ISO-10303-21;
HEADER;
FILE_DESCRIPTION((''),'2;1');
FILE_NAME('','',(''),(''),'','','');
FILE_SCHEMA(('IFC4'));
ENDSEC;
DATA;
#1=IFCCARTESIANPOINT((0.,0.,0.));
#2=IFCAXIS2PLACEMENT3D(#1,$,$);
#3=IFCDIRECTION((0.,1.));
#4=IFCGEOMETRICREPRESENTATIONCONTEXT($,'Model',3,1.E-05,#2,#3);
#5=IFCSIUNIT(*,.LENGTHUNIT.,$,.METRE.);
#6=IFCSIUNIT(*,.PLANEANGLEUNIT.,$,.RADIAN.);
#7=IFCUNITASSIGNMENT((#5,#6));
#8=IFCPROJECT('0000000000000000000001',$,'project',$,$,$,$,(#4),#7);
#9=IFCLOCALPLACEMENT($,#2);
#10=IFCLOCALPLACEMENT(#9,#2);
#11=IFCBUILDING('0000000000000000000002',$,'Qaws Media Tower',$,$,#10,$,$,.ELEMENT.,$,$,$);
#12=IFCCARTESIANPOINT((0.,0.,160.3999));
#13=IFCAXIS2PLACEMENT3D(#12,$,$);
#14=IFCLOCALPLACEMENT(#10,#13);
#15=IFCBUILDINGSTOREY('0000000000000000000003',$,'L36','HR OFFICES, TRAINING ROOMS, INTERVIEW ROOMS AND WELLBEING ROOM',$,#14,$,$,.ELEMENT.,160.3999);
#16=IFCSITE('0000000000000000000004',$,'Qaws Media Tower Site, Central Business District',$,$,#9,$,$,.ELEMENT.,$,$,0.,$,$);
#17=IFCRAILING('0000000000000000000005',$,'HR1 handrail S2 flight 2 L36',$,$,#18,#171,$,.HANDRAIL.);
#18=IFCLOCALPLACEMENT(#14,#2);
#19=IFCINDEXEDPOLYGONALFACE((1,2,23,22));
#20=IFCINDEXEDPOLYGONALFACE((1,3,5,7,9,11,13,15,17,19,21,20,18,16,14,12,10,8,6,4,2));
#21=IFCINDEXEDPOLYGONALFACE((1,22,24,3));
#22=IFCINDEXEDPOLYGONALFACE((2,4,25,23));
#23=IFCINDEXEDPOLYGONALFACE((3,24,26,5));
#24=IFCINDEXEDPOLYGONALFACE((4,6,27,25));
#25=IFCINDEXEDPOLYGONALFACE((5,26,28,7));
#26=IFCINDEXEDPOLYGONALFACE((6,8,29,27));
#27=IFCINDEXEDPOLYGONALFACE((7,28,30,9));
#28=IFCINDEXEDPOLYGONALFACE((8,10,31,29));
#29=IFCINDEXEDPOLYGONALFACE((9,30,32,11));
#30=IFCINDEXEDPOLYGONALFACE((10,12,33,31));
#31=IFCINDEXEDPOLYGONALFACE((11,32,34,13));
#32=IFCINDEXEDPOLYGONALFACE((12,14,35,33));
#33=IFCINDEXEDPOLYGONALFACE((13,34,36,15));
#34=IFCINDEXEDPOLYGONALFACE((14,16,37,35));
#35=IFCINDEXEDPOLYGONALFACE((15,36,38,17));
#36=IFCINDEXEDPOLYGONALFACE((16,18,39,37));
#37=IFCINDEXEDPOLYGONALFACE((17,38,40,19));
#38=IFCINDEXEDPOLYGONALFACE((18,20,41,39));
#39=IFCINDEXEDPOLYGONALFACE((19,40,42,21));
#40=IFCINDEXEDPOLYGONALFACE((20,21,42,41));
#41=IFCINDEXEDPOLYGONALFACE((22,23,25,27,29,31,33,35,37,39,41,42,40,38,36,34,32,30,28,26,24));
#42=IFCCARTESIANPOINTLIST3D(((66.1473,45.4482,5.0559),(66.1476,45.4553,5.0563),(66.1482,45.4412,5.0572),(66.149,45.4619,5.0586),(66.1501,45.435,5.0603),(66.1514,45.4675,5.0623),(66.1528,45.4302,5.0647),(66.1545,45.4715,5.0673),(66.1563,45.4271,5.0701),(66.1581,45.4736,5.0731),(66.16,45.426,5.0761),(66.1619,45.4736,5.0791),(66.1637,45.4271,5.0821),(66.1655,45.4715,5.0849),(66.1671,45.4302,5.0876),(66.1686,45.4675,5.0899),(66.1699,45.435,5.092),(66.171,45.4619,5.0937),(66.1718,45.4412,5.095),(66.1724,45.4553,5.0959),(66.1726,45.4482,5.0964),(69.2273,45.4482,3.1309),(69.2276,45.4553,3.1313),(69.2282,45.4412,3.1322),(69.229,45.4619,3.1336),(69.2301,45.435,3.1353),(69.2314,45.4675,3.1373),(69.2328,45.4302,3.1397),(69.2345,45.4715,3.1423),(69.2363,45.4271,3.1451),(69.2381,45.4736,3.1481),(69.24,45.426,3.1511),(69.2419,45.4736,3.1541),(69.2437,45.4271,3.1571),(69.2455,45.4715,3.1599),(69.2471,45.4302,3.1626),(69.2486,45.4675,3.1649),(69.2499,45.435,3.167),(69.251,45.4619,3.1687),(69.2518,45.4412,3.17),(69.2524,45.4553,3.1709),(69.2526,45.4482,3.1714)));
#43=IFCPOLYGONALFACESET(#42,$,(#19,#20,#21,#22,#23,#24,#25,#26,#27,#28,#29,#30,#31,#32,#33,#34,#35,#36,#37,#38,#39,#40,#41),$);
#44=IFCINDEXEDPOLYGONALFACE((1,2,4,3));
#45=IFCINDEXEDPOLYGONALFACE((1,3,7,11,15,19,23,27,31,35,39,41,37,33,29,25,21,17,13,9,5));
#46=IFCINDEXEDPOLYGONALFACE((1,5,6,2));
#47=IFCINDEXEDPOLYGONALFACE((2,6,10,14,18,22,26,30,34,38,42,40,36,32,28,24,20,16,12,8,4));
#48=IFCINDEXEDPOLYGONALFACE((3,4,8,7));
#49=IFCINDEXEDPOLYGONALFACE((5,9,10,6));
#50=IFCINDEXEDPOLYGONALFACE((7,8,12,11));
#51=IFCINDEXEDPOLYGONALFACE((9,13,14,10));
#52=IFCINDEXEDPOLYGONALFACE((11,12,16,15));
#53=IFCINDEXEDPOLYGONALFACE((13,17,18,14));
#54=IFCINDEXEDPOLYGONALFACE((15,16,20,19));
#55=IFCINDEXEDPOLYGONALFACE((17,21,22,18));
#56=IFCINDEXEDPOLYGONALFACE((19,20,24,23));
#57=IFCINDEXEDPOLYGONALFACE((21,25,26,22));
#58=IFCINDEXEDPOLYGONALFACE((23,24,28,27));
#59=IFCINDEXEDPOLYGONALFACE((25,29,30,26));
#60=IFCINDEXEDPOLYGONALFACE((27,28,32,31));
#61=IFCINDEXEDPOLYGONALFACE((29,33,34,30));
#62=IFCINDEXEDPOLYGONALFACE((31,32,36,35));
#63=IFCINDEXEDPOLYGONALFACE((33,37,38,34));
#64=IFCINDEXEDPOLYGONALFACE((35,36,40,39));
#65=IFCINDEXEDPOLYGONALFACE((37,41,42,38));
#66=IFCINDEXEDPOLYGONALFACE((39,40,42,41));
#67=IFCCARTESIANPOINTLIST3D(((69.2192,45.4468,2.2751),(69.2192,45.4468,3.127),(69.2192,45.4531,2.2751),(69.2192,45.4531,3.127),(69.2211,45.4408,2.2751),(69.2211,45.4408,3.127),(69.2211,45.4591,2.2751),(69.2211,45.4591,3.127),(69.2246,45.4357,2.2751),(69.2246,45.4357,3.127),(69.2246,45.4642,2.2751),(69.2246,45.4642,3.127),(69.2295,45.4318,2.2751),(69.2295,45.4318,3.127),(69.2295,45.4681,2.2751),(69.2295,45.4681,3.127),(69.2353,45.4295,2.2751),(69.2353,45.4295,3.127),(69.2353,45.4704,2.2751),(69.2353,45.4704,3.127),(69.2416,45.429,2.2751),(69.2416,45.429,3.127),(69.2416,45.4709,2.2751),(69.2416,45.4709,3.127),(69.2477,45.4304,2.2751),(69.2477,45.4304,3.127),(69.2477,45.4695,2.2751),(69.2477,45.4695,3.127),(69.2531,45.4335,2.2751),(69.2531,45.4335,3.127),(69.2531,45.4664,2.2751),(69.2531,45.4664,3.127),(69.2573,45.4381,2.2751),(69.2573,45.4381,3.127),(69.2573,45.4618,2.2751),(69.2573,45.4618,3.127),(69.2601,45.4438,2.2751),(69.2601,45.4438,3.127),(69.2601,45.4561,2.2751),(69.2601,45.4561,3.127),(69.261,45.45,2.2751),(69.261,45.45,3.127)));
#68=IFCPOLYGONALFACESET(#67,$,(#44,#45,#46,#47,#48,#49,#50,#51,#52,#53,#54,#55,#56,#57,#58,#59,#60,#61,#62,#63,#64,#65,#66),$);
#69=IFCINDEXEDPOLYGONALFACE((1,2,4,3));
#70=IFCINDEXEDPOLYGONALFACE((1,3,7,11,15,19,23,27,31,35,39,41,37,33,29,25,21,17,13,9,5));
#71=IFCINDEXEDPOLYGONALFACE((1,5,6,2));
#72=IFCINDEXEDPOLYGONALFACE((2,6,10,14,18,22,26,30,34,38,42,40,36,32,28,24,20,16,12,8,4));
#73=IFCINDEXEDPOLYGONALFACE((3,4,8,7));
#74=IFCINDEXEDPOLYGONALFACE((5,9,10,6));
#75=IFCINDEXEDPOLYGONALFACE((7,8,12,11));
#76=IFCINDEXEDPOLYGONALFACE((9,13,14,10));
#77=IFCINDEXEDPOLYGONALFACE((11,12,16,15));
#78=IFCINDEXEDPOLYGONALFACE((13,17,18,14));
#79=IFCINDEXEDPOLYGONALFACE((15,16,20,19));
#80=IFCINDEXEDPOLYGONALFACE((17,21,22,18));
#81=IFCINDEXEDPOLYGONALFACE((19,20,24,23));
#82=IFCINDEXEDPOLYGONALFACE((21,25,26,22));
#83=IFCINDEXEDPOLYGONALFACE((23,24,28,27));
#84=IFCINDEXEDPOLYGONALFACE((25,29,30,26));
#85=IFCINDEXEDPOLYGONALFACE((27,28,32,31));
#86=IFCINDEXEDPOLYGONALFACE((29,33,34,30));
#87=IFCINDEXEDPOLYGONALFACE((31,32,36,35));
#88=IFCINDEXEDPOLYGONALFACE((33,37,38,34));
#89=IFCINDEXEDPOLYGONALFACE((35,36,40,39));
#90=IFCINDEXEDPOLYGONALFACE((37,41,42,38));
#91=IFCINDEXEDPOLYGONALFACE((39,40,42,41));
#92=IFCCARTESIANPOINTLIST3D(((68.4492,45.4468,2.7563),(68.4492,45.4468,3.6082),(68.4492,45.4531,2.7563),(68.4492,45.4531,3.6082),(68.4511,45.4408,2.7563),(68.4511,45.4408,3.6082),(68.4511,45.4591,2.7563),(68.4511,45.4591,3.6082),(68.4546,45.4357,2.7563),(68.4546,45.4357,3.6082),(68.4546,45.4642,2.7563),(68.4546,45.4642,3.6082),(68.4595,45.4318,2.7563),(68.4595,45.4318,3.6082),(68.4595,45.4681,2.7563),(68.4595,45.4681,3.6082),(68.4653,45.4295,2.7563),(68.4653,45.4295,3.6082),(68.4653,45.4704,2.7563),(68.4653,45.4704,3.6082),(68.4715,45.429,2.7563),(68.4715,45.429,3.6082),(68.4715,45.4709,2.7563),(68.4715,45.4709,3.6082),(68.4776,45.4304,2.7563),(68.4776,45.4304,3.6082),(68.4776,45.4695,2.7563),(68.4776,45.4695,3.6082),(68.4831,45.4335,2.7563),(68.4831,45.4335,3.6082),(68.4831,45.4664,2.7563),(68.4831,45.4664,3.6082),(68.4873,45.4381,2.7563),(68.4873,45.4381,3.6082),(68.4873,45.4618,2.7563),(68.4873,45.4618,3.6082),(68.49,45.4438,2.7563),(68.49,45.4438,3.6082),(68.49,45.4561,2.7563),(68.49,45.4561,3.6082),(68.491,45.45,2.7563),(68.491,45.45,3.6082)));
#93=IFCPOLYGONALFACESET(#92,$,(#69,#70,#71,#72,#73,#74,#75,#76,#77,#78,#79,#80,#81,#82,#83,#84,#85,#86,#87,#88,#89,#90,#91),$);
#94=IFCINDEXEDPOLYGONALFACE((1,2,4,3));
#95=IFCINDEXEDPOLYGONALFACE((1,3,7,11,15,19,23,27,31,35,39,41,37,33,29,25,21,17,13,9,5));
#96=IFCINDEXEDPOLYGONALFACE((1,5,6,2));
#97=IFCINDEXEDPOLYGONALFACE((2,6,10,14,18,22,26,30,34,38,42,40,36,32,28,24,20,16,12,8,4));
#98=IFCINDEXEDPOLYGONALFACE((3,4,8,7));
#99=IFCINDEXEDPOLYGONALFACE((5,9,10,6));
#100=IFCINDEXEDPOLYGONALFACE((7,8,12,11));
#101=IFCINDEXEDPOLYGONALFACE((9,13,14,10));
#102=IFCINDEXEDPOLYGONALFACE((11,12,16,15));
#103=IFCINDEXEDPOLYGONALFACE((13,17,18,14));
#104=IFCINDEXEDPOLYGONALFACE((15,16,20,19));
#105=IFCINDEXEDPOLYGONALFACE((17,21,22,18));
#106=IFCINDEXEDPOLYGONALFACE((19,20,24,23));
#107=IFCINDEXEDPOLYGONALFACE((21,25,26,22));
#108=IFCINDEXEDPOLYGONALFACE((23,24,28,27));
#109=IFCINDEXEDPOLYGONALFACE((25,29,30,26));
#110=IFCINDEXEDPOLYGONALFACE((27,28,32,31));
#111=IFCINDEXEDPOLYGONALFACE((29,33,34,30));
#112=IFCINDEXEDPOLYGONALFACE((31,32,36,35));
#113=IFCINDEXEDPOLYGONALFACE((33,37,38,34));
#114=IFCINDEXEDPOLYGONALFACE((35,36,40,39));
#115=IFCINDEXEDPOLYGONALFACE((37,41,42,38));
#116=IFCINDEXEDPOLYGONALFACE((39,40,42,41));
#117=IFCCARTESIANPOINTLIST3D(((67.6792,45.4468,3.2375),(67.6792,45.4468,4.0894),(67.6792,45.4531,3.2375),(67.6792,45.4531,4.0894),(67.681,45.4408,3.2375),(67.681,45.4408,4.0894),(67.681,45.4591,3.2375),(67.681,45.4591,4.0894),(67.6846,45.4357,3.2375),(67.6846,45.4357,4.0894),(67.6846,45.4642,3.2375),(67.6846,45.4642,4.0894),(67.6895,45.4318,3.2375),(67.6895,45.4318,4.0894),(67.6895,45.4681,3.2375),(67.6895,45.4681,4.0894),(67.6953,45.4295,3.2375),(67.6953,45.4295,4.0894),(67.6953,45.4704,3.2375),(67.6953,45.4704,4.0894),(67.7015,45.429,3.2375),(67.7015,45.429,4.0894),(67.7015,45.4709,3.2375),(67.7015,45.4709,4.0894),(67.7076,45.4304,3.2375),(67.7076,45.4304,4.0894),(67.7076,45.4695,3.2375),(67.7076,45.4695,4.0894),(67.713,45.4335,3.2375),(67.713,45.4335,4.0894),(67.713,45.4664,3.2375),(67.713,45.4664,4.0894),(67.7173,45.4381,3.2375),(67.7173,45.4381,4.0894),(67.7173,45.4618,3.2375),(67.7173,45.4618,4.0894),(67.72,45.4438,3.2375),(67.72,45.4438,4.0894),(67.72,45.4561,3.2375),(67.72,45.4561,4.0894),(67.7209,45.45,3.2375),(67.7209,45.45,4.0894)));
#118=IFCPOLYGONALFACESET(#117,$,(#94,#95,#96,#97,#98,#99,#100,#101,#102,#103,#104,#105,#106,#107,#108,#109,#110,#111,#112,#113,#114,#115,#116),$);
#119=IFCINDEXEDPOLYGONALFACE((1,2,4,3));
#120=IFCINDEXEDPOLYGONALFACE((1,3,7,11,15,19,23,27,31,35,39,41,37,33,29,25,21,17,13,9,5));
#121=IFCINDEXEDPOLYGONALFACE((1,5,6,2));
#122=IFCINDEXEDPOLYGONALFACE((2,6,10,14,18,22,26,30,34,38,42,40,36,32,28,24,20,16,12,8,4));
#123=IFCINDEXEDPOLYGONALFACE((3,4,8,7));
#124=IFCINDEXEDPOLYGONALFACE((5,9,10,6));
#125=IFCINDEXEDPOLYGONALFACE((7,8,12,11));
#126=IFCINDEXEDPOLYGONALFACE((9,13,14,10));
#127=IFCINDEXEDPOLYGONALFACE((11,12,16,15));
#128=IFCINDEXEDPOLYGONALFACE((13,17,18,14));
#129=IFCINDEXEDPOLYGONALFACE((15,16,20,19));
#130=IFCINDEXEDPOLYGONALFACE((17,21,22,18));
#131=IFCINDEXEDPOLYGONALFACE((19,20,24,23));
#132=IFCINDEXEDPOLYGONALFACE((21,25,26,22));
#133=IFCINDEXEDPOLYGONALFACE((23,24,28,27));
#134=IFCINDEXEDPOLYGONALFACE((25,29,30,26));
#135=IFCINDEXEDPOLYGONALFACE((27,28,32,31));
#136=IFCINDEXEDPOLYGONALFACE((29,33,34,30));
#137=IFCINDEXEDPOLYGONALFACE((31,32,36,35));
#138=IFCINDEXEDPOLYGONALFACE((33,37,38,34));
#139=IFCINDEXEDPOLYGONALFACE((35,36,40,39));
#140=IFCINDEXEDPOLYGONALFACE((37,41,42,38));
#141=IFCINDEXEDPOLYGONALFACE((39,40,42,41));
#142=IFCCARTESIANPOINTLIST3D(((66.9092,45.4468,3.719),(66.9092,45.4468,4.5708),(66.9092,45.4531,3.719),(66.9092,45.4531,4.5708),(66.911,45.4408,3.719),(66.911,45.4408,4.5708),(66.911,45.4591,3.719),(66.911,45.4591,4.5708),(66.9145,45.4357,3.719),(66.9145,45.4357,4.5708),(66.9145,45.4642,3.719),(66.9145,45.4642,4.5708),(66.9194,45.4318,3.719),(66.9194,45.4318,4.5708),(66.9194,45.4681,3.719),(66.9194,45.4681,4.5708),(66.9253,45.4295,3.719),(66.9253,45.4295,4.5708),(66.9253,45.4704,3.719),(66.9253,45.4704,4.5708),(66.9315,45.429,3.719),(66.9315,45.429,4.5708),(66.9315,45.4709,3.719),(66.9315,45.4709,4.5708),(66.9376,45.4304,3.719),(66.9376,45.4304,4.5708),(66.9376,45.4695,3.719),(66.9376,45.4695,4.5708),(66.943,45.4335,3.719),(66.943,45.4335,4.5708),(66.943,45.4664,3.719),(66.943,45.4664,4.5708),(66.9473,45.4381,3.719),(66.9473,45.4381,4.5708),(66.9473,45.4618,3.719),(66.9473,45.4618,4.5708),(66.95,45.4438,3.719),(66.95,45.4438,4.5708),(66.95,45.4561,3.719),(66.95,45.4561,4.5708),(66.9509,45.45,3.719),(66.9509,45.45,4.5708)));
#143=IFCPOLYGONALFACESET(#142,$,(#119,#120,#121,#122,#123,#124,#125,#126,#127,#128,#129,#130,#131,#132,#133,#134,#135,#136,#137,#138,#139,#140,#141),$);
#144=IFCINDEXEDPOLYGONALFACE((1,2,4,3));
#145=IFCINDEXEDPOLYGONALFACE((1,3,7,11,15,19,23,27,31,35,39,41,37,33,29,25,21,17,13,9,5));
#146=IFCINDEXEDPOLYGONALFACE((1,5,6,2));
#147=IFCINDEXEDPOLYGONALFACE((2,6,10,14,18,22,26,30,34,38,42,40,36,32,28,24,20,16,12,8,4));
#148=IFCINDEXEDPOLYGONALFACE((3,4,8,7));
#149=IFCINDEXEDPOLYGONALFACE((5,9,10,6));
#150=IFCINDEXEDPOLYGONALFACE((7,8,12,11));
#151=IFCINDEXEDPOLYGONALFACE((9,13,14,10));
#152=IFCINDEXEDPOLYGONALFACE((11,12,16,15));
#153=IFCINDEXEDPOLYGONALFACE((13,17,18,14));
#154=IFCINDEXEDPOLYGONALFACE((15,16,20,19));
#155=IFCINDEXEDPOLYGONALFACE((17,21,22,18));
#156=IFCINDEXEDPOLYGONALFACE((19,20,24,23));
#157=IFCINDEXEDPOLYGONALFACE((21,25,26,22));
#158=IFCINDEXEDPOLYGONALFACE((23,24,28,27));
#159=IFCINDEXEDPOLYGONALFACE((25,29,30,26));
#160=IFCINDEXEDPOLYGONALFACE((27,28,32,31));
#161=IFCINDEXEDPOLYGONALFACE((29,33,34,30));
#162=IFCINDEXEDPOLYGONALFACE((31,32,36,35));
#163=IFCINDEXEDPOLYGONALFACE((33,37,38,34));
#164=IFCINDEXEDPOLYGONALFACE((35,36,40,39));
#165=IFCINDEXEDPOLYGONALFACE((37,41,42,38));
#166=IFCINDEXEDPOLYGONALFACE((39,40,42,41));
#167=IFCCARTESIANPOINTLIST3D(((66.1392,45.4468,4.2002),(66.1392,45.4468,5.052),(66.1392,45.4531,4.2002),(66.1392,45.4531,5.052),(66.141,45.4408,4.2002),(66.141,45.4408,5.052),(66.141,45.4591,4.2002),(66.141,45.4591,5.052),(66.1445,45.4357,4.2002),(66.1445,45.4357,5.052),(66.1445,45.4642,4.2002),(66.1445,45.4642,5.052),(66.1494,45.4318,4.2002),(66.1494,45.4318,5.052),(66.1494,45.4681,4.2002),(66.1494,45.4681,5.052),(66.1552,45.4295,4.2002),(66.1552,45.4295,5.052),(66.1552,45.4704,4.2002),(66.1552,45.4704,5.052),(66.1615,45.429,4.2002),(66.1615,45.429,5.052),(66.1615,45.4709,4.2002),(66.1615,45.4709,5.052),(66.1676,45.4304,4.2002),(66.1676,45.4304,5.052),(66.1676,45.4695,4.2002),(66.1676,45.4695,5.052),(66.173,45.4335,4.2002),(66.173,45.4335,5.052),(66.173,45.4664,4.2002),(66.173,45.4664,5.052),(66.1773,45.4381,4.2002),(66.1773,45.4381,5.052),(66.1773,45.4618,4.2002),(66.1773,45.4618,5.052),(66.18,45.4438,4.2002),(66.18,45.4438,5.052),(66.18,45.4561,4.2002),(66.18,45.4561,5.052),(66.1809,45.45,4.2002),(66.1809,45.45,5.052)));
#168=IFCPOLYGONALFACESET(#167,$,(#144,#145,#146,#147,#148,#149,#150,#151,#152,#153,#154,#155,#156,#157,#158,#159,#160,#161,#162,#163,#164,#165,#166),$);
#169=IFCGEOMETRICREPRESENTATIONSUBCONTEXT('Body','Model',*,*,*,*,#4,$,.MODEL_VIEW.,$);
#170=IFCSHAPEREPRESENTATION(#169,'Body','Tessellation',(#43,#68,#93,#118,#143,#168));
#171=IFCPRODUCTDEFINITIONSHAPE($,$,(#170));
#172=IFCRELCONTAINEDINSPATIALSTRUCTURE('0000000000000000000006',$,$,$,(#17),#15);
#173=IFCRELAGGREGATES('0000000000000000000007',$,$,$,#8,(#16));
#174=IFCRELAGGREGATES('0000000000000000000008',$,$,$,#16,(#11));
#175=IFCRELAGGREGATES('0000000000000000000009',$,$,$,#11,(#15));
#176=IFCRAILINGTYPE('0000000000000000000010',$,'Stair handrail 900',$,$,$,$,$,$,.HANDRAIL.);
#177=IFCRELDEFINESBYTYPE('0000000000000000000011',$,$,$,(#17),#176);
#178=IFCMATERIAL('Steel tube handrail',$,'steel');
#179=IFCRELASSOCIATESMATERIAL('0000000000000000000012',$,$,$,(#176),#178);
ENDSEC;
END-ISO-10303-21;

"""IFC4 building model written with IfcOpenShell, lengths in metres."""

from ifc_helpers import new_model, si_unit, direction, frame, origin, origin_2d, place, context, subcontext, project, spatial, circle, extrude, material, type_object, element, save


model = new_model("IFC4")

# Units and contexts
model_context = context("Model", 3, precision=1e-05, world=origin(), true_north=direction((0.0, 1.0)))
body_context = subcontext(model_context, "Body", "Model", "MODEL_VIEW")
ifc_project = project(units=[si_unit("LENGTHUNIT", "METRE"), si_unit("PLANEANGLEUNIT", "RADIAN")], contexts=[model_context])

# Site, building, storey
site_placement = place(None, origin())
site = spatial("IfcSite", under=ifc_project, at=site_placement, Name="Qaws Media Tower Site, Central Business District", CompositionType="ELEMENT", RefElevation=0.0)
building_placement = place(site_placement, origin())
building = spatial("IfcBuilding", under=site, at=building_placement, Name="Qaws Media Tower", CompositionType="ELEMENT")
storey_placement = place(building_placement, frame((0.0, 0.0, 160.3999)))
storey = spatial("IfcBuildingStorey", under=building, at=storey_placement, Name="L36", Description="HR OFFICES, TRAINING ROOMS, INTERVIEW ROOMS AND WELLBEING ROOM", CompositionType="ELEMENT", Elevation=160.3999)

# Railing
ifc_material_1 = material(Name="Steel tube handrail", Category="steel")
railing_type = type_object("IfcRailingType", Name="Stair handrail 900", PredefinedType="HANDRAIL", material=ifc_material_1)
for number, where, name in (
    (1, (69.24, 45.45, 2.2751), "HR1 handrail S2 flight 2 L36"),
):
    element("IfcRailing", number, at=place(storey_placement, frame(where)), inside=storey, type_object=railing_type, Name=name, PredefinedType="HANDRAIL", context=body_context, shape_type="SweptSolid", body=[
        extrude(circle(Radius=0.0239, at=origin_2d()), frame((0.0, 0.0, 0.876), z_axis=(-0.847998, 0.0, 0.529999), x_axis=(0.0, -1.0, 0.0)), (0.0, 0.0, 1.0), 3.6321),
        extrude(circle(Radius=0.021, at=origin_2d()), origin(), (0.0, 0.0, 1.0), 0.8518),
        extrude(circle(Radius=0.021, at=origin_2d()), frame((-0.77, 0.0, 0.4812)), (0.0, 0.0, 1.0), 0.8518),
        extrude(circle(Radius=0.021, at=origin_2d()), frame((-1.54, 0.0, 0.9624)), (0.0, 0.0, 1.0), 0.8518),
        extrude(circle(Radius=0.021, at=origin_2d()), frame((-2.3101, 0.0, 1.4438)), (0.0, 0.0, 1.0), 0.8518),
        extrude(circle(Radius=0.021, at=origin_2d()), frame((-3.0801, 0.0, 1.925)), (0.0, 0.0, 1.0), 0.8518),
    ])

save(model, "model.ifc")
